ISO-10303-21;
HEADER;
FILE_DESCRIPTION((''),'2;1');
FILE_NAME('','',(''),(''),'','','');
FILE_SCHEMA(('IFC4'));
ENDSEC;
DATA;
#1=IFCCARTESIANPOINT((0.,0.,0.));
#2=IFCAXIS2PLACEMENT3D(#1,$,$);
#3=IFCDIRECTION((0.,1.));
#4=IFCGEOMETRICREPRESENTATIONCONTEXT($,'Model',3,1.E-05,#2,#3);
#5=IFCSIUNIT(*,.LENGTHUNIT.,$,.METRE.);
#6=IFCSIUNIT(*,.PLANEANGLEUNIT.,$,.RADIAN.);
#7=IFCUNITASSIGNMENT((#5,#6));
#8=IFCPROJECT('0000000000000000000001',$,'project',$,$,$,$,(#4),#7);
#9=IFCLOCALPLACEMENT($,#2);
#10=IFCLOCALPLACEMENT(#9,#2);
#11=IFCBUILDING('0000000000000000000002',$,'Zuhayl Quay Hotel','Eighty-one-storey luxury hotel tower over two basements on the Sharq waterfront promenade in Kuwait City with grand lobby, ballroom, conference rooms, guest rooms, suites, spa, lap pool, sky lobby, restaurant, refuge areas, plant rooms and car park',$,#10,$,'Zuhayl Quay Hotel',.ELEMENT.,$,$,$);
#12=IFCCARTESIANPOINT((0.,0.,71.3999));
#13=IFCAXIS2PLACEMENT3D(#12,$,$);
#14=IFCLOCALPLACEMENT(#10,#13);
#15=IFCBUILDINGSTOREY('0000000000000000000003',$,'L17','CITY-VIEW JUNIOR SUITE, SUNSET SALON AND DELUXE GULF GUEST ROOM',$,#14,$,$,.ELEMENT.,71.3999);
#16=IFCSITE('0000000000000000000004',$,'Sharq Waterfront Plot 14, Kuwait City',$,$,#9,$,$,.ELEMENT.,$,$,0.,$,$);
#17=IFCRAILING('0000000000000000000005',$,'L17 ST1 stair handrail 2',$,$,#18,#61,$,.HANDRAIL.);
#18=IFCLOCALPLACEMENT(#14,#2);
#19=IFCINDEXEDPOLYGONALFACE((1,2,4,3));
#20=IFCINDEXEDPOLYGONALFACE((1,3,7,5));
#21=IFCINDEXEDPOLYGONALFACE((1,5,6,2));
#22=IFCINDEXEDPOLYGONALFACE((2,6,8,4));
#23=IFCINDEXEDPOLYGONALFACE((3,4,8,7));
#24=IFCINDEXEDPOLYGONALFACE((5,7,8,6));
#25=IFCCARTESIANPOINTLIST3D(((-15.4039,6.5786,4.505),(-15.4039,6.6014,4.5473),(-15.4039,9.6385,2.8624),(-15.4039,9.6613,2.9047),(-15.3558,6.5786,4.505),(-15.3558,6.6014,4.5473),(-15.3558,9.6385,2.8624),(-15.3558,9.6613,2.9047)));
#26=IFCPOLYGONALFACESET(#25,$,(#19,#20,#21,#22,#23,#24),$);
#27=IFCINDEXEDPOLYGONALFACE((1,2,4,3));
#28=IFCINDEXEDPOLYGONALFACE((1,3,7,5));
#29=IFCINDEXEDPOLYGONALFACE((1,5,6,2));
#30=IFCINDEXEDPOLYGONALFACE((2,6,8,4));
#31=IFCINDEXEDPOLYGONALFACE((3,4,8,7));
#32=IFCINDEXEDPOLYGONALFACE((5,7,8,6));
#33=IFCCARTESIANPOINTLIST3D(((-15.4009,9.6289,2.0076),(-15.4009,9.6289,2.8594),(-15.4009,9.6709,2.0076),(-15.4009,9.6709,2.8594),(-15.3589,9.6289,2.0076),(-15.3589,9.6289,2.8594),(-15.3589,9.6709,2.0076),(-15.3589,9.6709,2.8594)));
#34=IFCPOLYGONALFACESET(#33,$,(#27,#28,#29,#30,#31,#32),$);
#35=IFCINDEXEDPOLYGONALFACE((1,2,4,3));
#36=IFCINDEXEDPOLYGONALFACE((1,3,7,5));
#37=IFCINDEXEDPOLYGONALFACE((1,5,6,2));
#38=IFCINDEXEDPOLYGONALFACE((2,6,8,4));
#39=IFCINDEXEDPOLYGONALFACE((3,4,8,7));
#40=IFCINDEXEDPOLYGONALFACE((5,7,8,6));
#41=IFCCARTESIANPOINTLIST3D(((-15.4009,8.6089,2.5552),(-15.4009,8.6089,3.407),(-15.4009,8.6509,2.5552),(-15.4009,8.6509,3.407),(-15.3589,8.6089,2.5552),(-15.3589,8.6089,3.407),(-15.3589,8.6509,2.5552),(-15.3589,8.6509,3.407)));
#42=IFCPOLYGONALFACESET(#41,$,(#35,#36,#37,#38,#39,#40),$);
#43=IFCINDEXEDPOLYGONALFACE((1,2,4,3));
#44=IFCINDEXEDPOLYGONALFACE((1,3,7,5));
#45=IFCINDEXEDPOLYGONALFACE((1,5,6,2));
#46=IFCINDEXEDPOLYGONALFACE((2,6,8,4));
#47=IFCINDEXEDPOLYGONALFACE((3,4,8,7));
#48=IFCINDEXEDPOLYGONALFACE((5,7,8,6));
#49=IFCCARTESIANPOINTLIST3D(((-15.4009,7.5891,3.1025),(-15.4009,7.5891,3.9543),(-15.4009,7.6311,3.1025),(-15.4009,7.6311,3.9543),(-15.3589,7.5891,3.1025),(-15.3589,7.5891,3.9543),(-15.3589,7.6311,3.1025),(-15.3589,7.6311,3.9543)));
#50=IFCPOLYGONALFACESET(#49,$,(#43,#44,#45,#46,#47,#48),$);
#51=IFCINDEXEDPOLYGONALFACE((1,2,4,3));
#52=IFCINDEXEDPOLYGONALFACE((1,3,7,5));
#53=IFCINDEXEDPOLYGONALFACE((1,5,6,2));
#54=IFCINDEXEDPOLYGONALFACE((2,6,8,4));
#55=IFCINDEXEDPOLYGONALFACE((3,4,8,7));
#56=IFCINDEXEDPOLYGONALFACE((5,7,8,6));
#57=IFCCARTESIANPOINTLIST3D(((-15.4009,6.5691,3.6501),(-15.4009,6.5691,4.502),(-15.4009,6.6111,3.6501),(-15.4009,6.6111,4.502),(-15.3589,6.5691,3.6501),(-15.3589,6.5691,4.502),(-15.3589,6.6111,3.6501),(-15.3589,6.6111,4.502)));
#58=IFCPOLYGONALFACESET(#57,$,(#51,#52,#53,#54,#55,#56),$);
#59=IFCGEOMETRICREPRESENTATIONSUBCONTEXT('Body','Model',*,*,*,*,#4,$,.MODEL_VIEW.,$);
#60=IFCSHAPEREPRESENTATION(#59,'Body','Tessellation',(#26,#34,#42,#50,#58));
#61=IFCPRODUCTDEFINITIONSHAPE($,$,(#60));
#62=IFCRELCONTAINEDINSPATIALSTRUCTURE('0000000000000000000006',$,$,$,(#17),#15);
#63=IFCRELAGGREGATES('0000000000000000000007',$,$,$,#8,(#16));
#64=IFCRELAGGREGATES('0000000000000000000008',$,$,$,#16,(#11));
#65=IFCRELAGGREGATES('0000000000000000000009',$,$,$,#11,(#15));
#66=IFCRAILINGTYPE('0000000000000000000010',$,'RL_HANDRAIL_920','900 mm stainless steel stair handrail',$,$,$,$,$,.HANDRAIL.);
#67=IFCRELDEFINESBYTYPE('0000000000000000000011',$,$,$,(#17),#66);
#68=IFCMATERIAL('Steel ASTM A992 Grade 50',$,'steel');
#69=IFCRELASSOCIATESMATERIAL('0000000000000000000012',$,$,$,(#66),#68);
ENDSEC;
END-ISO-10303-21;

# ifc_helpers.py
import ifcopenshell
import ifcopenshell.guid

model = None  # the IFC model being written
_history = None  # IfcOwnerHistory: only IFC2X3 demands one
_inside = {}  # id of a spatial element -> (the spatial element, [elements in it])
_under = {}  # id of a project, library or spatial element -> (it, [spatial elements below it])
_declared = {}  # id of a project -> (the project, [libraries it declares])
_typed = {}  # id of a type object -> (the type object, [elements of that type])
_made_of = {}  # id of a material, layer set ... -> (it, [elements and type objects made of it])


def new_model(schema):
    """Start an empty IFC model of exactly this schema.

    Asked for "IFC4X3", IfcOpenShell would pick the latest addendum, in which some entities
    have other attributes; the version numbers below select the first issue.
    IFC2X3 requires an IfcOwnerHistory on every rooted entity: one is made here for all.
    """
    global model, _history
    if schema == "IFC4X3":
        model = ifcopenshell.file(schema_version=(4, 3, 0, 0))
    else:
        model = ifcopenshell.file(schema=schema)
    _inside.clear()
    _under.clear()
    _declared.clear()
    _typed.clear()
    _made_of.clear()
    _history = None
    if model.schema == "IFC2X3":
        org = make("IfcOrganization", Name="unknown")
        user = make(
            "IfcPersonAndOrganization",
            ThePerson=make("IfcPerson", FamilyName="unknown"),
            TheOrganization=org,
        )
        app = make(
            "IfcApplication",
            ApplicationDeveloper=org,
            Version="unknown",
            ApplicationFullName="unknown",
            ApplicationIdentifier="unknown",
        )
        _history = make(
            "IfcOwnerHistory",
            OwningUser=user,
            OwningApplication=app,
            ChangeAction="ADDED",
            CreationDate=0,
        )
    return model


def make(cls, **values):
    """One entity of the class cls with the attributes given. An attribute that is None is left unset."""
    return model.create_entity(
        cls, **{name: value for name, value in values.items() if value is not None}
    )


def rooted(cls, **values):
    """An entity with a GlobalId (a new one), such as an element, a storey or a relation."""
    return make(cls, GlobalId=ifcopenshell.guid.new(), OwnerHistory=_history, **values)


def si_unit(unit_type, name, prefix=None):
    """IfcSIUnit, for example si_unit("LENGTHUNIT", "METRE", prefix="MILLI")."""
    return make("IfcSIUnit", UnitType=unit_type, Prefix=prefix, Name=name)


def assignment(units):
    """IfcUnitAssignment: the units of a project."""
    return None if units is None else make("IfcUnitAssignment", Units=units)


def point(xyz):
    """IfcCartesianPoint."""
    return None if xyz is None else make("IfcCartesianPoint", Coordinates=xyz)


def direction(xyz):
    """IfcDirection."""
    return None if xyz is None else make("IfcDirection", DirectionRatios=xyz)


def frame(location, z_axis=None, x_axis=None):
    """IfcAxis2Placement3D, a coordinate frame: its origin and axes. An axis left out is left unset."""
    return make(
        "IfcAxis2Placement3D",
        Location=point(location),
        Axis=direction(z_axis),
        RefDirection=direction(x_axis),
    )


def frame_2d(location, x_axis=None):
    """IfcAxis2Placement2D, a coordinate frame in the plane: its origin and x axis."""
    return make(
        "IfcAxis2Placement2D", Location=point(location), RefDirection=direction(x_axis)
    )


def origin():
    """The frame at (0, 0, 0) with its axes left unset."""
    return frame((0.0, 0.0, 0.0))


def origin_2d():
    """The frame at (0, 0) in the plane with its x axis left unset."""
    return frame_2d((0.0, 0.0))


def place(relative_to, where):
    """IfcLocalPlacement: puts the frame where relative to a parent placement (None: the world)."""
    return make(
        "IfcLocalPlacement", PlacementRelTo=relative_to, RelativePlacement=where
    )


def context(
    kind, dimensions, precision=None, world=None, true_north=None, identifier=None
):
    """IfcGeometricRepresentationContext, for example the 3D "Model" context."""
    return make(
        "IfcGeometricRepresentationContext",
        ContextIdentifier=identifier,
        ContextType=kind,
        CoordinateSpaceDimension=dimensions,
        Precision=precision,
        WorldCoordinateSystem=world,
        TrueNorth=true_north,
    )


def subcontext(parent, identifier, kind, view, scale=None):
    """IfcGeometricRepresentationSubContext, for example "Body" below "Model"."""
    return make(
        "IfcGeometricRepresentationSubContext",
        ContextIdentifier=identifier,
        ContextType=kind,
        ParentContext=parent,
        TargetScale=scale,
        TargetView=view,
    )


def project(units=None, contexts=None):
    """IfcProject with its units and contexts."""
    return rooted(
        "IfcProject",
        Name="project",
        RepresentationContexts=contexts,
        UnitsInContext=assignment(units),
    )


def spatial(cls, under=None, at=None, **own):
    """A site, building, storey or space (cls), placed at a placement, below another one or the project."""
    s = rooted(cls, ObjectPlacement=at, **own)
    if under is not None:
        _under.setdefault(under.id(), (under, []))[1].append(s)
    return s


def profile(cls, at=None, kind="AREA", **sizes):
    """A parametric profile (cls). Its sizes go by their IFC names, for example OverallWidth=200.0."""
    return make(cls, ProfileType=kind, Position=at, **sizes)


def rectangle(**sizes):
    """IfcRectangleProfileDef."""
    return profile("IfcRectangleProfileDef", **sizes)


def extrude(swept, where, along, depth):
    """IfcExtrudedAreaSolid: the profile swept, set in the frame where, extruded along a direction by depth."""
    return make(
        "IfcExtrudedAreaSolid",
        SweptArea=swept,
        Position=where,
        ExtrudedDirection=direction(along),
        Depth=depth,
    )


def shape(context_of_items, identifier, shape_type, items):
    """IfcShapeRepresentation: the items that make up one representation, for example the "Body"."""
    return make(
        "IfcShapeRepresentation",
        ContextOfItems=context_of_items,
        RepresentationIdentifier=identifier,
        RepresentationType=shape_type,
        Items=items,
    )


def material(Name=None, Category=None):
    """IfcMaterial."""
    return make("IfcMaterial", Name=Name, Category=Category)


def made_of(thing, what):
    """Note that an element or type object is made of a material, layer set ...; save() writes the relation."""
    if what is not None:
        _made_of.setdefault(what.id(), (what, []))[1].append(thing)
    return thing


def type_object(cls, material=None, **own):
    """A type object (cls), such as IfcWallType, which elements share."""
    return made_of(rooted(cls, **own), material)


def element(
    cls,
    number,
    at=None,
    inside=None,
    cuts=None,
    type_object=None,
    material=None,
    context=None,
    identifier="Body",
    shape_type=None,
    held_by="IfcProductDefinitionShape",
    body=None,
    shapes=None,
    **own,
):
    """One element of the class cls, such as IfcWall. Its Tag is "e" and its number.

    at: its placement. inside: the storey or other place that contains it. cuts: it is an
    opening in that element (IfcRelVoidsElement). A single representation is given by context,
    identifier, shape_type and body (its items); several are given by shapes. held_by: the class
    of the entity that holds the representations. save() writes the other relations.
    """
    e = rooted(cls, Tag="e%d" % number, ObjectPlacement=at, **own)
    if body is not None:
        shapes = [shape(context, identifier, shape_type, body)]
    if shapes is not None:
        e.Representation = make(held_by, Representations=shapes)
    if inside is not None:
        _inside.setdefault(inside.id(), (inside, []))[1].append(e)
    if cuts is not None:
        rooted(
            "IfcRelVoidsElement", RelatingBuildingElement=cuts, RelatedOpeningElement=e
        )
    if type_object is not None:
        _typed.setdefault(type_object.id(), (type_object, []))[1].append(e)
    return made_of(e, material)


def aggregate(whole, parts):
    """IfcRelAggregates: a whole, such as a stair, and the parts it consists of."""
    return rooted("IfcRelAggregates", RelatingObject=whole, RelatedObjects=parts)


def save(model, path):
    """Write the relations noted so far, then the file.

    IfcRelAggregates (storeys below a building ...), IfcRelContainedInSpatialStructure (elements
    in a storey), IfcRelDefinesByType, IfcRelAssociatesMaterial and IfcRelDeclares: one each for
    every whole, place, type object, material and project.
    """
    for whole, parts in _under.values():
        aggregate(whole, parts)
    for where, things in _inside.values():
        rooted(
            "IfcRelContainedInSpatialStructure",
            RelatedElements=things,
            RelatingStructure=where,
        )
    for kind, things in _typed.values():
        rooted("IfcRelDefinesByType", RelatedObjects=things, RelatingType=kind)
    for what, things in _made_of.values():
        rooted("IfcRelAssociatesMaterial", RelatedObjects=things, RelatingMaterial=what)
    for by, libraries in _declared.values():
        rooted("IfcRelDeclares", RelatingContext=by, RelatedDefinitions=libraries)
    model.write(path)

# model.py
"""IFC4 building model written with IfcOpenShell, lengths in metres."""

from ifc_helpers import new_model, si_unit, direction, frame, origin, origin_2d, place, context, subcontext, project, spatial, rectangle, extrude, material, type_object, element, save


model = new_model("IFC4")

# Units and contexts
model_context = context("Model", 3, precision=1e-05, world=origin(), true_north=direction((0.0, 1.0)))
body_context = subcontext(model_context, "Body", "Model", "MODEL_VIEW")
ifc_project = project(units=[si_unit("LENGTHUNIT", "METRE"), si_unit("PLANEANGLEUNIT", "RADIAN")], contexts=[model_context])

# Site, building, storey
site_placement = place(None, origin())
site = spatial("IfcSite", under=ifc_project, at=site_placement, Name="Sharq Waterfront Plot 14, Kuwait City", CompositionType="ELEMENT", RefElevation=0.0)
building_placement = place(site_placement, origin())
building = spatial("IfcBuilding", under=site, at=building_placement, Name="Zuhayl Quay Hotel", Description="Eighty-one-storey luxury hotel tower over two basements on the Sharq waterfront promenade in Kuwait City with grand lobby, ballroom, conference rooms, guest rooms, suites, spa, lap pool, sky lobby, restaurant, refuge areas, plant rooms and car park", LongName="Zuhayl Quay Hotel", CompositionType="ELEMENT")
storey_placement = place(building_placement, frame((0.0, 0.0, 71.3999)))
storey = spatial("IfcBuildingStorey", under=building, at=storey_placement, Name="L17", Description="CITY-VIEW JUNIOR SUITE, SUNSET SALON AND DELUXE GULF GUEST ROOM", CompositionType="ELEMENT", Elevation=71.3999)

# Shared definitions
ifc_material_1 = material(Name="Steel ASTM A992 Grade 50", Category="steel")

# Railing
railing_type_1 = type_object("IfcRailingType", Name="RL_HANDRAIL_920", Description="900 mm stainless steel stair handrail", PredefinedType="HANDRAIL", material=ifc_material_1)
railing_1_placement = place(storey_placement, frame((-15.3799, 9.6499, 2.0076)))
element("IfcRailing", 1, at=railing_1_placement, inside=storey, type_object=railing_type_1, Name="L17 ST1 stair handrail 2", PredefinedType="HANDRAIL", context=body_context, shape_type="SweptSolid", body=[
    extrude(rectangle(XDim=0.0481, YDim=0.0481, at=origin_2d()), frame((0.0, 0.0, 0.876), z_axis=(0.0, -0.881073, 0.47298), x_axis=(1.0, 0.0, 0.0)), (0.0, 0.0, 1.0), 3.4729),
    extrude(rectangle(XDim=0.042, YDim=0.042, at=origin_2d()), origin(), (0.0, 0.0, 1.0), 0.8518),
    extrude(rectangle(XDim=0.042, YDim=0.042, at=origin_2d()), frame((0.0, -1.02, 0.5476)), (0.0, 0.0, 1.0), 0.8518),
    extrude(rectangle(XDim=0.042, YDim=0.042, at=origin_2d()), frame((0.0, -2.0398, 1.095)), (0.0, 0.0, 1.0), 0.8518),
    extrude(rectangle(XDim=0.042, YDim=0.042, at=origin_2d()), frame((0.0, -3.0598, 1.6426)), (0.0, 0.0, 1.0), 0.8518),
])

save(model, "model.ifc")
